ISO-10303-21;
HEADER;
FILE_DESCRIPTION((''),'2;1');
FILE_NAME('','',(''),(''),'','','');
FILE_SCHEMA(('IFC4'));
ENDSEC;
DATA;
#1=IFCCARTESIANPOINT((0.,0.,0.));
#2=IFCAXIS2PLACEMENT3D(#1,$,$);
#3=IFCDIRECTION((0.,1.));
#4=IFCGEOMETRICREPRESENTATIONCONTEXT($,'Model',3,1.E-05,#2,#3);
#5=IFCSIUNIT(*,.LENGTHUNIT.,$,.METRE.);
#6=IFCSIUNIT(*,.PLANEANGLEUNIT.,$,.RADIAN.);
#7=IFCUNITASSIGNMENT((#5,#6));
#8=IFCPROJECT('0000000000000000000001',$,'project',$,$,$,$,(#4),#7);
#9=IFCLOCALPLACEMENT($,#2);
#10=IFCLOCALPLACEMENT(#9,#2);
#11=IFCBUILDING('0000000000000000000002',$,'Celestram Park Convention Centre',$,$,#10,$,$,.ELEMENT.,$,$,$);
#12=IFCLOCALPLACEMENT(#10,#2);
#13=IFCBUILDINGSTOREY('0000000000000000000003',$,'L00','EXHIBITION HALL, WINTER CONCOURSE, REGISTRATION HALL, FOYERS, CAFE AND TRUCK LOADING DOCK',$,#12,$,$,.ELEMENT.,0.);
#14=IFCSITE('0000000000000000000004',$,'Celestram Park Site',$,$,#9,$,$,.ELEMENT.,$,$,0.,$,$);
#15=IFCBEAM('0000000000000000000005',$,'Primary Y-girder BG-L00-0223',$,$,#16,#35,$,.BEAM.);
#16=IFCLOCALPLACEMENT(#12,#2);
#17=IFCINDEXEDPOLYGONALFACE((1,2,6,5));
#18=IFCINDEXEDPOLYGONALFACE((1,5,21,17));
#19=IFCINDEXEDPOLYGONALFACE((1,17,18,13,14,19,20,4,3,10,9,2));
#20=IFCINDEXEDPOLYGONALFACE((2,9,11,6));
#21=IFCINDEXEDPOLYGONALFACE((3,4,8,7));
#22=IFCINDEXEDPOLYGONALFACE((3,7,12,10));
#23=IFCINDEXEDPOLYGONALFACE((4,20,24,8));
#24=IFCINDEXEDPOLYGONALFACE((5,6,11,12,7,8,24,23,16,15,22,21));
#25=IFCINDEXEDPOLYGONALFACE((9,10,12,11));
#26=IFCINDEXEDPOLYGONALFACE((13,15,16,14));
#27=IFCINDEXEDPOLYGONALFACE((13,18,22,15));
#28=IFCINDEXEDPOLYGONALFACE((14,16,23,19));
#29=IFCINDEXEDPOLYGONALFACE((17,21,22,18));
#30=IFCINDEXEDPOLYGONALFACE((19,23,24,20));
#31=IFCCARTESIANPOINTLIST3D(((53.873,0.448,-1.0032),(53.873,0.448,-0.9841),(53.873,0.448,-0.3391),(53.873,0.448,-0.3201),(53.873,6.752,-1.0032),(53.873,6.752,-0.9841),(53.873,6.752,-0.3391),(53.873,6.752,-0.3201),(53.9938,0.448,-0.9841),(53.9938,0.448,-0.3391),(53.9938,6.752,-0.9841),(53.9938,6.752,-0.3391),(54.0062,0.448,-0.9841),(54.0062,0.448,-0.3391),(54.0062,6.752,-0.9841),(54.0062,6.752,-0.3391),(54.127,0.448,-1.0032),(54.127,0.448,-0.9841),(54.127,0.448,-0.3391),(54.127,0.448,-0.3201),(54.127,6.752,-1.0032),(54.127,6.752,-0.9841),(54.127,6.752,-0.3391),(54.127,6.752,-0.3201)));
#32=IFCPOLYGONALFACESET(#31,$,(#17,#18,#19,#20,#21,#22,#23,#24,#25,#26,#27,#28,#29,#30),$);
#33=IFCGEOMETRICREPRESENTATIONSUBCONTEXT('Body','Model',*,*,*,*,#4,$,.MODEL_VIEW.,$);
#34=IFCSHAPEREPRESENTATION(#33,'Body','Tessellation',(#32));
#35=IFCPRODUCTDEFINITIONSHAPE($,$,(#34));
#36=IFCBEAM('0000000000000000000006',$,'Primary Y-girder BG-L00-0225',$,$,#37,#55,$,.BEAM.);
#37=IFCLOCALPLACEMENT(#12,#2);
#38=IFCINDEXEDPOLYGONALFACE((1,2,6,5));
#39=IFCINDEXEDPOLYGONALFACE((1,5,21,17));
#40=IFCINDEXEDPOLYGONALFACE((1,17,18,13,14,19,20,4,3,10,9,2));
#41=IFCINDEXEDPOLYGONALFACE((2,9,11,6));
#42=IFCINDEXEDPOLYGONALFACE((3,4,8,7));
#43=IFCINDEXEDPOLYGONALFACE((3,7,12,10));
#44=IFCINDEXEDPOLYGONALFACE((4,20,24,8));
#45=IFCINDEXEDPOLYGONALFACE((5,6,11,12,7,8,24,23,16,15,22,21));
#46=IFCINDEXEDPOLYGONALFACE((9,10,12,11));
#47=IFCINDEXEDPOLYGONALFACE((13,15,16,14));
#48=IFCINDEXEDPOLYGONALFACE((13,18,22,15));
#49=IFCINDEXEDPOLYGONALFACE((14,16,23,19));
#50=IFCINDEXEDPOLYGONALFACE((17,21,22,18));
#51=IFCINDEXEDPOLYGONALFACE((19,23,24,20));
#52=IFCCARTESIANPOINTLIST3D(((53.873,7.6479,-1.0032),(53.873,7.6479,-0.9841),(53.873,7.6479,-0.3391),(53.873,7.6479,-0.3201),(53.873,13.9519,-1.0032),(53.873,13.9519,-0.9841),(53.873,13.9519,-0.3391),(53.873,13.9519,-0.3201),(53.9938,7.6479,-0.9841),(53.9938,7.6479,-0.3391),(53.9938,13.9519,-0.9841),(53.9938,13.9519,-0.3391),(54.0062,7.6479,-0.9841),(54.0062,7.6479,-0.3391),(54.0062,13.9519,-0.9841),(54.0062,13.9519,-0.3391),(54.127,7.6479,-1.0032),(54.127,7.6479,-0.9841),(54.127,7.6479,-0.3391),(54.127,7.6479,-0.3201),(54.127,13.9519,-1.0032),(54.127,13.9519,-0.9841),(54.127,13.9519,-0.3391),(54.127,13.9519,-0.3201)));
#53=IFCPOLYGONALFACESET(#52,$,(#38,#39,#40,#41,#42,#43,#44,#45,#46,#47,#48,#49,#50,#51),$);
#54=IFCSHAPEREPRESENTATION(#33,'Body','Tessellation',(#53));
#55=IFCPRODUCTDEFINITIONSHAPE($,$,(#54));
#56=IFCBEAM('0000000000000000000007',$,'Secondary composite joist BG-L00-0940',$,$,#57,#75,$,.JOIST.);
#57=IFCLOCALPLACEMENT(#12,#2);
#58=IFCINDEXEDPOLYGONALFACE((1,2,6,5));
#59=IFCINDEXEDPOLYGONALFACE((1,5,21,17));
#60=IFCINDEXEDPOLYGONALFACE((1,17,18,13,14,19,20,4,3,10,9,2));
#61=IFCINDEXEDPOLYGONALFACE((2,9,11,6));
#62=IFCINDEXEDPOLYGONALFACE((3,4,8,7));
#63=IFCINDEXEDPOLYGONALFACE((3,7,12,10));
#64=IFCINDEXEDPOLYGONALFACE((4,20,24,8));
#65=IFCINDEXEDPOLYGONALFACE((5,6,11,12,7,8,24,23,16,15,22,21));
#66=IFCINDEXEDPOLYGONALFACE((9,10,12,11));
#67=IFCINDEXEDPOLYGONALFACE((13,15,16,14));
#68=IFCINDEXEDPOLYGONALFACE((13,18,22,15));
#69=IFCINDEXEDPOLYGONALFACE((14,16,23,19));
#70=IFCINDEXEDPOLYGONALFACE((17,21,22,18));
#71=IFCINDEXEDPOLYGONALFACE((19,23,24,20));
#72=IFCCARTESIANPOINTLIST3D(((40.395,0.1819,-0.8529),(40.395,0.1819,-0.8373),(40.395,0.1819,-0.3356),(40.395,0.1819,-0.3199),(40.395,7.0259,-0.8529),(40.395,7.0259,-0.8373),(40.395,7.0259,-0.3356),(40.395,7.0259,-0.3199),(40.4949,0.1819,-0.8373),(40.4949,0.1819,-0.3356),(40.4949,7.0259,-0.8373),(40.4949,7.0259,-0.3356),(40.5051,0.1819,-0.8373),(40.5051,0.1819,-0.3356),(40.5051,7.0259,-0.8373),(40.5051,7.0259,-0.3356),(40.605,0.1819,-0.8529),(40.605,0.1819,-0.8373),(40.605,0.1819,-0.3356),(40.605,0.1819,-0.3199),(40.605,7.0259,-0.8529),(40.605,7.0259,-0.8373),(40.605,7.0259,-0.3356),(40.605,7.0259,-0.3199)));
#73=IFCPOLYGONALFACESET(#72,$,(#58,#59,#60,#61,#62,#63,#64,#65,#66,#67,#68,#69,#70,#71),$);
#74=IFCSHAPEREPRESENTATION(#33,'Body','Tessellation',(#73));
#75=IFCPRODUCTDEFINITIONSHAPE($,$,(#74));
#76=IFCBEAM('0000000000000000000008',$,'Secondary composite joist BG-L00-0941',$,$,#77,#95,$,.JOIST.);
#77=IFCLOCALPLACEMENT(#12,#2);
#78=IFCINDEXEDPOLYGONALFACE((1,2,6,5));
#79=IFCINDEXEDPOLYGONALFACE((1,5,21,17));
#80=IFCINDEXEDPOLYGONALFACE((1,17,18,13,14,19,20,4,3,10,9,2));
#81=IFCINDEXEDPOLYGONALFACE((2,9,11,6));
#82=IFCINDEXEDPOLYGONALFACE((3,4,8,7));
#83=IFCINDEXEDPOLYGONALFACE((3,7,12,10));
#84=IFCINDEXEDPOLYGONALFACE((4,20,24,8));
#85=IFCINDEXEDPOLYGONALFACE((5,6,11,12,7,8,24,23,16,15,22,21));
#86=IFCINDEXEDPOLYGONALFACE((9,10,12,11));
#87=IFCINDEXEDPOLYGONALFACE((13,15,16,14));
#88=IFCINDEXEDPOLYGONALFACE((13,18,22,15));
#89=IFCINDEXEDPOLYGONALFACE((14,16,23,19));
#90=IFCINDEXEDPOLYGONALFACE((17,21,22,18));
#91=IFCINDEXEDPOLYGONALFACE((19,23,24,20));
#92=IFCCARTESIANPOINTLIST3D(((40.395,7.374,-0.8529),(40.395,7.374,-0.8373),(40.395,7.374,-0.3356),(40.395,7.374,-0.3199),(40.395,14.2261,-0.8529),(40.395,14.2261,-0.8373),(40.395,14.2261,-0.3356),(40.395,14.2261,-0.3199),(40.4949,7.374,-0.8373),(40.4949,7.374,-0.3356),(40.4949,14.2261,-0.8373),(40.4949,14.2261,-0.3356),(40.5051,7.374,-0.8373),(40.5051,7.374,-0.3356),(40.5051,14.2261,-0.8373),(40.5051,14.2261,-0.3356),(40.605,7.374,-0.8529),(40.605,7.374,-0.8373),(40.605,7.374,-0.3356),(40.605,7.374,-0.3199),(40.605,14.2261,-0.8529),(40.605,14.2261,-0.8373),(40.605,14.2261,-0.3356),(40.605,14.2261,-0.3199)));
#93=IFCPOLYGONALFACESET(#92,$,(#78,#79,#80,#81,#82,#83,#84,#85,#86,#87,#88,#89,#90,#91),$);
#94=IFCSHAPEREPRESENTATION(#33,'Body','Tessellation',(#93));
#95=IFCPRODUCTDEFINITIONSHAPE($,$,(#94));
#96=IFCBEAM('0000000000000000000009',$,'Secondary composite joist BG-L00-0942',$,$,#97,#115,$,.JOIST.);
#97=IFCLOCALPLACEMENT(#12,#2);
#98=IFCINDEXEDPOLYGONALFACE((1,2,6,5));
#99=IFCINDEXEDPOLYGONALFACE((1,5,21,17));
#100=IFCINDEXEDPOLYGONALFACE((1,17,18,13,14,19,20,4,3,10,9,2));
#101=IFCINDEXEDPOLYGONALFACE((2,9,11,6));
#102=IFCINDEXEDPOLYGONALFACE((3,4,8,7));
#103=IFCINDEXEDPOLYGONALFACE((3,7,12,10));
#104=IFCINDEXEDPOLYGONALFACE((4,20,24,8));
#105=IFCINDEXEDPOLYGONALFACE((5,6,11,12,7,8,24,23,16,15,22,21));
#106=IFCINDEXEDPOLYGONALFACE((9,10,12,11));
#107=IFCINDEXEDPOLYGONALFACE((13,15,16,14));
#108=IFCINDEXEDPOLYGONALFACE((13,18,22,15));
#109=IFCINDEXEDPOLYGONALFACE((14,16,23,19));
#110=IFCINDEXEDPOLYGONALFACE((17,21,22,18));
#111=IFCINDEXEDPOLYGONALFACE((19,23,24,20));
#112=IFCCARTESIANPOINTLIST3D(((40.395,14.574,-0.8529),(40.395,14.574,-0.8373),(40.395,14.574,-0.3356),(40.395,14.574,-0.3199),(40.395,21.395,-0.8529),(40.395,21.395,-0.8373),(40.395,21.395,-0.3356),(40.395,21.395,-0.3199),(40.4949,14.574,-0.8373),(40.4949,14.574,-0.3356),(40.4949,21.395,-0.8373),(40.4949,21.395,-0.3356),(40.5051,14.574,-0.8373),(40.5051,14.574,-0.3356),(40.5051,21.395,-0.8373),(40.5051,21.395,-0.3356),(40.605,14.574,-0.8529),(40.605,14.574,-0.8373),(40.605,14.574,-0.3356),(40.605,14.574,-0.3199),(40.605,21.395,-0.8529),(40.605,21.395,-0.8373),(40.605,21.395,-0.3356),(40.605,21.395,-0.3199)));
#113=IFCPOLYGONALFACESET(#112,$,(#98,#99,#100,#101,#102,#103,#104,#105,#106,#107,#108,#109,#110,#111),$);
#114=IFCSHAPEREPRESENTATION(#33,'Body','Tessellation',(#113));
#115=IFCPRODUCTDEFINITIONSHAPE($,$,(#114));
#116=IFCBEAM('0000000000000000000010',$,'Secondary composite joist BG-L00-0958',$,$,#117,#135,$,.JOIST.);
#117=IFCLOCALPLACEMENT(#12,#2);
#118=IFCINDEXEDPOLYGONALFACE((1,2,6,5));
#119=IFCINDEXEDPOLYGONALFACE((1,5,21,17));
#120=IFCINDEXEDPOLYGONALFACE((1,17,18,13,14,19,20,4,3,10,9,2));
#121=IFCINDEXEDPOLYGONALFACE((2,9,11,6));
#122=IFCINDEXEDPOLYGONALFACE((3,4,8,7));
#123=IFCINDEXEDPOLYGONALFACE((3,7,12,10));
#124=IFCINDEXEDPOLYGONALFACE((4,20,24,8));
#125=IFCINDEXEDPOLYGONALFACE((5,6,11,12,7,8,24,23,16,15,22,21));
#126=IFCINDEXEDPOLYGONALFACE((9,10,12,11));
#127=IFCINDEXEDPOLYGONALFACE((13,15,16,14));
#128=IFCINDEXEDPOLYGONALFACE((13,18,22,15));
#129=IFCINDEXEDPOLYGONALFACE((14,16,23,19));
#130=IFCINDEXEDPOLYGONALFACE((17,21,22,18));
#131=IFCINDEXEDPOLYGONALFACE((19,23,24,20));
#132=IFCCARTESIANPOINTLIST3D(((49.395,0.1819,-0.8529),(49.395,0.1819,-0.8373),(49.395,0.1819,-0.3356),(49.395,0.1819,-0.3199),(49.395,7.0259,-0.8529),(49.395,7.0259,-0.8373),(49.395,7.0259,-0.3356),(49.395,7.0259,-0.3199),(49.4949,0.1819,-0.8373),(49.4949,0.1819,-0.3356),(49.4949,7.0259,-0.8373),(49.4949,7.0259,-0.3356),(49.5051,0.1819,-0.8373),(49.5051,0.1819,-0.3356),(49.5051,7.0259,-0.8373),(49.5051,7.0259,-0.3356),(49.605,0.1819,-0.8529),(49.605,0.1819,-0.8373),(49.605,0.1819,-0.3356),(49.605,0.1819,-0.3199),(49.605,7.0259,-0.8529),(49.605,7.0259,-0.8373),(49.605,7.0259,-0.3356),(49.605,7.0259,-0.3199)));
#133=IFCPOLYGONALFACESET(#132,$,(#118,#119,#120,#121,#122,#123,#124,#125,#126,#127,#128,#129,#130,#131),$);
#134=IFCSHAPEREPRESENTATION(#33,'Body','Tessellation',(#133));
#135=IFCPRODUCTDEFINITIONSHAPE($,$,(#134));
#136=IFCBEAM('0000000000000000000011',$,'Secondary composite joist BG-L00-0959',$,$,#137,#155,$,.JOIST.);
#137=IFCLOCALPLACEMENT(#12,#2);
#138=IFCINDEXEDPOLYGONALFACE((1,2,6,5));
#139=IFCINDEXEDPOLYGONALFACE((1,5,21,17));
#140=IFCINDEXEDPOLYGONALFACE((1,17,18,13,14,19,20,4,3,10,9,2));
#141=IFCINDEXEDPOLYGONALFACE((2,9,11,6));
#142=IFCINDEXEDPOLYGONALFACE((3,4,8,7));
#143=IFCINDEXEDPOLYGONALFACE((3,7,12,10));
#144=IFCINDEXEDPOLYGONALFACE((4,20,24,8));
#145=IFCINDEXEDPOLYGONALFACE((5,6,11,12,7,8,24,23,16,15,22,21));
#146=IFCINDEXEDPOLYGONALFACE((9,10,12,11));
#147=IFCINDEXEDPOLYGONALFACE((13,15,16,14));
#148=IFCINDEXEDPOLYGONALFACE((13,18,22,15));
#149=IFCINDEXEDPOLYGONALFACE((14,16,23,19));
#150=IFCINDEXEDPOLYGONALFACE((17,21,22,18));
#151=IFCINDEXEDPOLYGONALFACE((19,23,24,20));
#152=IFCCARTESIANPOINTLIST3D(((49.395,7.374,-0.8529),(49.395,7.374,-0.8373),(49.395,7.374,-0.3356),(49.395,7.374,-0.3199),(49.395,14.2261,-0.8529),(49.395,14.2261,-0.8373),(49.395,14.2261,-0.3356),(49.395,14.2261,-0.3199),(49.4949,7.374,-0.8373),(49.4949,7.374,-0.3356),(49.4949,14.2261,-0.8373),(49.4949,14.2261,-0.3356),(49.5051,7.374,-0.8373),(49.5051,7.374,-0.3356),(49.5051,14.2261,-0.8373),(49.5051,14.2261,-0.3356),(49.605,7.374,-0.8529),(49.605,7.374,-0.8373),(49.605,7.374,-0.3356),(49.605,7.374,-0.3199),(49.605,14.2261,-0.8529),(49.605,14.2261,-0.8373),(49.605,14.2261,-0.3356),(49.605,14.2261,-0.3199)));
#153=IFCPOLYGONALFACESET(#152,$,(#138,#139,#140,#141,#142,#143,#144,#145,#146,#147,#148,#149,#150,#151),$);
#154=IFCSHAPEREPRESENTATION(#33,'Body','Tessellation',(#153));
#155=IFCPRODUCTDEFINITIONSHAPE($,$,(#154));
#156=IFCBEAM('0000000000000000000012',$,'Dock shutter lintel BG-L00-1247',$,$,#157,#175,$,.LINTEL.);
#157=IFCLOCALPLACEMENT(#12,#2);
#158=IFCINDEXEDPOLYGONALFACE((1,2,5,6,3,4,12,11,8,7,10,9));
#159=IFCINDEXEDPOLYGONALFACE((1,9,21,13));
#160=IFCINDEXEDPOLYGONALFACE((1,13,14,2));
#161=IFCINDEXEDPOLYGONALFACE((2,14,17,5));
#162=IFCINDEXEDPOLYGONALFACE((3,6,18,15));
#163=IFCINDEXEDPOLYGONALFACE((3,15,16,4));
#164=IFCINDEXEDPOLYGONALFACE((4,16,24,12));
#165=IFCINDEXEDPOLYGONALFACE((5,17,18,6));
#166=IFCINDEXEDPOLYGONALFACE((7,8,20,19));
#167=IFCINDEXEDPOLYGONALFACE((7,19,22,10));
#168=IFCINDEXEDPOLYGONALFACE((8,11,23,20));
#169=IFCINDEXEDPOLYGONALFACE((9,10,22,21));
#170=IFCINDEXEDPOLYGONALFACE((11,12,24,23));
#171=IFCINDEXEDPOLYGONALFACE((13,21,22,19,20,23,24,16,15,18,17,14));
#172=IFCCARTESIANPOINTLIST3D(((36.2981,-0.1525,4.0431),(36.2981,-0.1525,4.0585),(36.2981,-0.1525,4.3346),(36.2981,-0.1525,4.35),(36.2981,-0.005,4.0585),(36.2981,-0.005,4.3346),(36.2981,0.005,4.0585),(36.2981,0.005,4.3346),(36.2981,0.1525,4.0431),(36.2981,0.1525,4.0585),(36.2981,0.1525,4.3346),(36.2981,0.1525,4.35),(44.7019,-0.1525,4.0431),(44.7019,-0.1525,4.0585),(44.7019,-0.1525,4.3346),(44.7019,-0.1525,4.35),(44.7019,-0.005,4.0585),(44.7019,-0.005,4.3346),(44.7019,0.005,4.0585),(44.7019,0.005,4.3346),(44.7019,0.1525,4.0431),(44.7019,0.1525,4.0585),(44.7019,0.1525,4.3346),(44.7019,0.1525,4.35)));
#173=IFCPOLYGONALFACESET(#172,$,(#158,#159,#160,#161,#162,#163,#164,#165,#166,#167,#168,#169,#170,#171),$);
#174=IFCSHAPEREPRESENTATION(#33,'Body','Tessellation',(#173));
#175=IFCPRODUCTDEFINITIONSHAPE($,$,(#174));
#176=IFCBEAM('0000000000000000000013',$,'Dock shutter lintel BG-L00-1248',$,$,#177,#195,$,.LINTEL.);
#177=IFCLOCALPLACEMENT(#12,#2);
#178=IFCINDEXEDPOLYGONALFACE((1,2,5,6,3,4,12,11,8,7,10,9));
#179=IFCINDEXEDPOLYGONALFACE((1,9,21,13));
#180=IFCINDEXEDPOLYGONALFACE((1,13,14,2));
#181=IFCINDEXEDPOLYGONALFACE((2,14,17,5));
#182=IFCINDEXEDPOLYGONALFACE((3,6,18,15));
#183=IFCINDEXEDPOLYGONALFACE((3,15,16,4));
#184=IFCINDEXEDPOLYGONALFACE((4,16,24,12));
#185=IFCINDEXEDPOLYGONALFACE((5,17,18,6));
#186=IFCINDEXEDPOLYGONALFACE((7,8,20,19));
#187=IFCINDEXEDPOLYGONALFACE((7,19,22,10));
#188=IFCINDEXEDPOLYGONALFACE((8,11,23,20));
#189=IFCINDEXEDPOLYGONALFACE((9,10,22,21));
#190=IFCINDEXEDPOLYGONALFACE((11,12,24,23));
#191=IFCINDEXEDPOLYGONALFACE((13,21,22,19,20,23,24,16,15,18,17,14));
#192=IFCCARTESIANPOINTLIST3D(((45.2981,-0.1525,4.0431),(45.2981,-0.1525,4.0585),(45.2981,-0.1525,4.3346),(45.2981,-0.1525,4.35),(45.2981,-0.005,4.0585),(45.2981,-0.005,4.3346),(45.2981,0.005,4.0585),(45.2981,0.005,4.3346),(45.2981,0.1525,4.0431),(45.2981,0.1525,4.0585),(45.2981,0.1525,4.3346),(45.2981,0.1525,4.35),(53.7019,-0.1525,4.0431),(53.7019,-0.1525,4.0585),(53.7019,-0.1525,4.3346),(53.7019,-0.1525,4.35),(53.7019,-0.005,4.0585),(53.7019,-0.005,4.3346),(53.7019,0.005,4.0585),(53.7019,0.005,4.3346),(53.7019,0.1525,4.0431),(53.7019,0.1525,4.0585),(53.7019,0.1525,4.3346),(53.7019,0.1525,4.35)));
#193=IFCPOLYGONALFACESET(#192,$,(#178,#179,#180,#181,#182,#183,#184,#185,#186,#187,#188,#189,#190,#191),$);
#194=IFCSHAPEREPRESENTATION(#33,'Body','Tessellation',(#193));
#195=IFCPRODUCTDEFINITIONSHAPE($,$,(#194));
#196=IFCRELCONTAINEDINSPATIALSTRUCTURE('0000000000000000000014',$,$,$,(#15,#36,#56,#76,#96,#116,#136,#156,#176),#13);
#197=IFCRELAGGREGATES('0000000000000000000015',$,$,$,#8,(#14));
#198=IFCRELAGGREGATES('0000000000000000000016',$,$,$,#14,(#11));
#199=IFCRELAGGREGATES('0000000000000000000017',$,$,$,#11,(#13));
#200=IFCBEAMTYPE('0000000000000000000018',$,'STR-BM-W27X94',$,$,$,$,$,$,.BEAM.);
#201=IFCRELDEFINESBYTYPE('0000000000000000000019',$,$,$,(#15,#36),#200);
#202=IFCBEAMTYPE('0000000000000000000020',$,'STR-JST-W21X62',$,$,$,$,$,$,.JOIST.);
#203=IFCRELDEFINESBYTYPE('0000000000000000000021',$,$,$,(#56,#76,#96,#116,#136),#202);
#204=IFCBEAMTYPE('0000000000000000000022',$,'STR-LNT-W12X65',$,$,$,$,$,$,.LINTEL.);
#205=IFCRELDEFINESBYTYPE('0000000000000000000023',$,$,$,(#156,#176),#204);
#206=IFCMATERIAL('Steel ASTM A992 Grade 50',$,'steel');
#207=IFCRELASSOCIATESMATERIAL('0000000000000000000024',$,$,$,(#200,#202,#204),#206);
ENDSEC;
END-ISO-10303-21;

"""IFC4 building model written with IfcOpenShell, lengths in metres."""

from ifc_helpers import new_model, si_unit, direction, frame, origin, origin_2d, place, context, subcontext, project, spatial, i_section, extrude, material, material_profile, profile_set, type_object, element, save


model = new_model("IFC4")

# Units and contexts
model_context = context("Model", 3, precision=1e-05, world=origin(), true_north=direction((0.0, 1.0)))
body_context = subcontext(model_context, "Body", "Model", "MODEL_VIEW")
ifc_project = project(units=[si_unit("LENGTHUNIT", "METRE"), si_unit("PLANEANGLEUNIT", "RADIAN")], contexts=[model_context])

# Site, building, storey
site_placement = place(None, origin())
site = spatial("IfcSite", under=ifc_project, at=site_placement, Name="Celestram Park Site", CompositionType="ELEMENT", RefElevation=0.0)
building_placement = place(site_placement, origin())
building = spatial("IfcBuilding", under=site, at=building_placement, Name="Celestram Park Convention Centre", CompositionType="ELEMENT")
storey_placement = place(building_placement, origin())
storey = spatial("IfcBuildingStorey", under=building, at=storey_placement, Name="L00", Description="EXHIBITION HALL, WINTER CONCOURSE, REGISTRATION HALL, FOYERS, CAFE AND TRUCK LOADING DOCK", CompositionType="ELEMENT", Elevation=0.0)

# Beams
ifc_material_1 = material(Name="Steel ASTM A992 Grade 50", Category="steel")
ifc_material_profile_1 = material_profile(ifc_material_1, i_section(OverallWidth=0.2539, OverallDepth=0.6831, WebThickness=0.0125, FlangeThickness=0.019, at=origin_2d()), Name="W27X94")
ifc_profile_set_1 = profile_set([ifc_material_profile_1], Name="Steel ASTM A992 Grade 50")
beam_type_1 = type_object("IfcBeamType", Name="STR-BM-W27X94", PredefinedType="BEAM", material=ifc_profile_set_1)
for number, where, z_axis, x_axis, name in (
    (1, (54.0, 0.448, -0.6616), (0.0, 1.0, 0.0), (-1.0, 0.0, 0.0), "Primary Y-girder BG-L00-0223"),
    (2, (54.0, 7.6479, -0.6616), (0.0, 1.0, 0.0), (-1.0, 0.0, 0.0), "Primary Y-girder BG-L00-0225"),
):
    element("IfcBeam", number, at=place(storey_placement, frame(where, z_axis=z_axis, x_axis=x_axis)), inside=storey, type_object=beam_type_1, Name=name, PredefinedType="BEAM", context=body_context, shape_type="SweptSolid", body=[
        extrude(i_section(OverallWidth=0.2539, OverallDepth=0.6831, WebThickness=0.0125, FlangeThickness=0.019, at=origin_2d()), origin(), (0.0, 0.0, 1.0), 6.304),
    ])
ifc_material_profile_2 = material_profile(ifc_material_1, i_section(OverallWidth=0.21, OverallDepth=0.533, WebThickness=0.0103, FlangeThickness=0.0156, at=origin_2d()), Name="W21X62")
ifc_profile_set_2 = profile_set([ifc_material_profile_2], Name="Steel ASTM A992 Grade 50")
beam_type_2 = type_object("IfcBeamType", Name="STR-JST-W21X62", PredefinedType="JOIST", material=ifc_profile_set_2)
beam_1_placement = place(storey_placement, frame((40.5, 0.1819, -0.5864), z_axis=(0.0, 1.0, 0.0), x_axis=(-1.0, 0.0, 0.0)))
element("IfcBeam", 3, at=beam_1_placement, inside=storey, type_object=beam_type_2, Name="Secondary composite joist BG-L00-0940", PredefinedType="JOIST", context=body_context, shape_type="SweptSolid", body=[
    extrude(i_section(OverallWidth=0.21, OverallDepth=0.533, WebThickness=0.0103, FlangeThickness=0.0156, at=origin_2d()), origin(), (0.0, 0.0, 1.0), 6.844),
])
beam_2_placement = place(storey_placement, frame((40.5, 7.374, -0.5864), z_axis=(0.0, 1.0, 0.0), x_axis=(-1.0, 0.0, 0.0)))
element("IfcBeam", 4, at=beam_2_placement, inside=storey, type_object=beam_type_2, Name="Secondary composite joist BG-L00-0941", PredefinedType="JOIST", context=body_context, shape_type="SweptSolid", body=[
    extrude(i_section(OverallWidth=0.21, OverallDepth=0.533, WebThickness=0.0103, FlangeThickness=0.0156, at=origin_2d()), origin(), (0.0, 0.0, 1.0), 6.8521),
])
beam_3_placement = place(storey_placement, frame((40.5, 14.574, -0.5864), z_axis=(0.0, 1.0, 0.0), x_axis=(-1.0, 0.0, 0.0)))
element("IfcBeam", 5, at=beam_3_placement, inside=storey, type_object=beam_type_2, Name="Secondary composite joist BG-L00-0942", PredefinedType="JOIST", context=body_context, shape_type="SweptSolid", body=[
    extrude(i_section(OverallWidth=0.21, OverallDepth=0.533, WebThickness=0.0103, FlangeThickness=0.0156, at=origin_2d()), origin(), (0.0, 0.0, 1.0), 6.821),
])
beam_4_placement = place(storey_placement, frame((49.5, 0.1819, -0.5864), z_axis=(0.0, 1.0, 0.0), x_axis=(-1.0, 0.0, 0.0)))
element("IfcBeam", 6, at=beam_4_placement, inside=storey, type_object=beam_type_2, Name="Secondary composite joist BG-L00-0958", PredefinedType="JOIST", context=body_context, shape_type="SweptSolid", body=[
    extrude(i_section(OverallWidth=0.21, OverallDepth=0.533, WebThickness=0.0103, FlangeThickness=0.0156, at=origin_2d()), origin(), (0.0, 0.0, 1.0), 6.844),
])
beam_5_placement = place(storey_placement, frame((49.5, 7.374, -0.5864), z_axis=(0.0, 1.0, 0.0), x_axis=(-1.0, 0.0, 0.0)))
element("IfcBeam", 7, at=beam_5_placement, inside=storey, type_object=beam_type_2, Name="Secondary composite joist BG-L00-0959", PredefinedType="JOIST", context=body_context, shape_type="SweptSolid", body=[
    extrude(i_section(OverallWidth=0.21, OverallDepth=0.533, WebThickness=0.0103, FlangeThickness=0.0156, at=origin_2d()), origin(), (0.0, 0.0, 1.0), 6.8521),
])
ifc_material_profile_3 = material_profile(ifc_material_1, i_section(OverallWidth=0.3049, OverallDepth=0.3069, WebThickness=0.01, FlangeThickness=0.0154, at=origin_2d()), Name="W12X65")
ifc_profile_set_3 = profile_set([ifc_material_profile_3], Name="Steel ASTM A992 Grade 50")
beam_type_3 = type_object("IfcBeamType", Name="STR-LNT-W12X65", PredefinedType="LINTEL", material=ifc_profile_set_3)
for number, where, z_axis, x_axis, name in (
    (8, (36.2981, 0.0, 4.1965), (1.0, 0.0, 0.0), (0.0, 1.0, 0.0), "Dock shutter lintel BG-L00-1247"),
    (9, (45.2981, 0.0, 4.1965), (1.0, 0.0, 0.0), (0.0, 1.0, 0.0), "Dock shutter lintel BG-L00-1248"),
):
    element("IfcBeam", number, at=place(storey_placement, frame(where, z_axis=z_axis, x_axis=x_axis)), inside=storey, type_object=beam_type_3, Name=name, PredefinedType="LINTEL", context=body_context, shape_type="SweptSolid", body=[
        extrude(i_section(OverallWidth=0.3049, OverallDepth=0.3069, WebThickness=0.01, FlangeThickness=0.0154, at=origin_2d()), origin(), (0.0, 0.0, 1.0), 8.4038),
    ])

save(model, "model.ifc")
